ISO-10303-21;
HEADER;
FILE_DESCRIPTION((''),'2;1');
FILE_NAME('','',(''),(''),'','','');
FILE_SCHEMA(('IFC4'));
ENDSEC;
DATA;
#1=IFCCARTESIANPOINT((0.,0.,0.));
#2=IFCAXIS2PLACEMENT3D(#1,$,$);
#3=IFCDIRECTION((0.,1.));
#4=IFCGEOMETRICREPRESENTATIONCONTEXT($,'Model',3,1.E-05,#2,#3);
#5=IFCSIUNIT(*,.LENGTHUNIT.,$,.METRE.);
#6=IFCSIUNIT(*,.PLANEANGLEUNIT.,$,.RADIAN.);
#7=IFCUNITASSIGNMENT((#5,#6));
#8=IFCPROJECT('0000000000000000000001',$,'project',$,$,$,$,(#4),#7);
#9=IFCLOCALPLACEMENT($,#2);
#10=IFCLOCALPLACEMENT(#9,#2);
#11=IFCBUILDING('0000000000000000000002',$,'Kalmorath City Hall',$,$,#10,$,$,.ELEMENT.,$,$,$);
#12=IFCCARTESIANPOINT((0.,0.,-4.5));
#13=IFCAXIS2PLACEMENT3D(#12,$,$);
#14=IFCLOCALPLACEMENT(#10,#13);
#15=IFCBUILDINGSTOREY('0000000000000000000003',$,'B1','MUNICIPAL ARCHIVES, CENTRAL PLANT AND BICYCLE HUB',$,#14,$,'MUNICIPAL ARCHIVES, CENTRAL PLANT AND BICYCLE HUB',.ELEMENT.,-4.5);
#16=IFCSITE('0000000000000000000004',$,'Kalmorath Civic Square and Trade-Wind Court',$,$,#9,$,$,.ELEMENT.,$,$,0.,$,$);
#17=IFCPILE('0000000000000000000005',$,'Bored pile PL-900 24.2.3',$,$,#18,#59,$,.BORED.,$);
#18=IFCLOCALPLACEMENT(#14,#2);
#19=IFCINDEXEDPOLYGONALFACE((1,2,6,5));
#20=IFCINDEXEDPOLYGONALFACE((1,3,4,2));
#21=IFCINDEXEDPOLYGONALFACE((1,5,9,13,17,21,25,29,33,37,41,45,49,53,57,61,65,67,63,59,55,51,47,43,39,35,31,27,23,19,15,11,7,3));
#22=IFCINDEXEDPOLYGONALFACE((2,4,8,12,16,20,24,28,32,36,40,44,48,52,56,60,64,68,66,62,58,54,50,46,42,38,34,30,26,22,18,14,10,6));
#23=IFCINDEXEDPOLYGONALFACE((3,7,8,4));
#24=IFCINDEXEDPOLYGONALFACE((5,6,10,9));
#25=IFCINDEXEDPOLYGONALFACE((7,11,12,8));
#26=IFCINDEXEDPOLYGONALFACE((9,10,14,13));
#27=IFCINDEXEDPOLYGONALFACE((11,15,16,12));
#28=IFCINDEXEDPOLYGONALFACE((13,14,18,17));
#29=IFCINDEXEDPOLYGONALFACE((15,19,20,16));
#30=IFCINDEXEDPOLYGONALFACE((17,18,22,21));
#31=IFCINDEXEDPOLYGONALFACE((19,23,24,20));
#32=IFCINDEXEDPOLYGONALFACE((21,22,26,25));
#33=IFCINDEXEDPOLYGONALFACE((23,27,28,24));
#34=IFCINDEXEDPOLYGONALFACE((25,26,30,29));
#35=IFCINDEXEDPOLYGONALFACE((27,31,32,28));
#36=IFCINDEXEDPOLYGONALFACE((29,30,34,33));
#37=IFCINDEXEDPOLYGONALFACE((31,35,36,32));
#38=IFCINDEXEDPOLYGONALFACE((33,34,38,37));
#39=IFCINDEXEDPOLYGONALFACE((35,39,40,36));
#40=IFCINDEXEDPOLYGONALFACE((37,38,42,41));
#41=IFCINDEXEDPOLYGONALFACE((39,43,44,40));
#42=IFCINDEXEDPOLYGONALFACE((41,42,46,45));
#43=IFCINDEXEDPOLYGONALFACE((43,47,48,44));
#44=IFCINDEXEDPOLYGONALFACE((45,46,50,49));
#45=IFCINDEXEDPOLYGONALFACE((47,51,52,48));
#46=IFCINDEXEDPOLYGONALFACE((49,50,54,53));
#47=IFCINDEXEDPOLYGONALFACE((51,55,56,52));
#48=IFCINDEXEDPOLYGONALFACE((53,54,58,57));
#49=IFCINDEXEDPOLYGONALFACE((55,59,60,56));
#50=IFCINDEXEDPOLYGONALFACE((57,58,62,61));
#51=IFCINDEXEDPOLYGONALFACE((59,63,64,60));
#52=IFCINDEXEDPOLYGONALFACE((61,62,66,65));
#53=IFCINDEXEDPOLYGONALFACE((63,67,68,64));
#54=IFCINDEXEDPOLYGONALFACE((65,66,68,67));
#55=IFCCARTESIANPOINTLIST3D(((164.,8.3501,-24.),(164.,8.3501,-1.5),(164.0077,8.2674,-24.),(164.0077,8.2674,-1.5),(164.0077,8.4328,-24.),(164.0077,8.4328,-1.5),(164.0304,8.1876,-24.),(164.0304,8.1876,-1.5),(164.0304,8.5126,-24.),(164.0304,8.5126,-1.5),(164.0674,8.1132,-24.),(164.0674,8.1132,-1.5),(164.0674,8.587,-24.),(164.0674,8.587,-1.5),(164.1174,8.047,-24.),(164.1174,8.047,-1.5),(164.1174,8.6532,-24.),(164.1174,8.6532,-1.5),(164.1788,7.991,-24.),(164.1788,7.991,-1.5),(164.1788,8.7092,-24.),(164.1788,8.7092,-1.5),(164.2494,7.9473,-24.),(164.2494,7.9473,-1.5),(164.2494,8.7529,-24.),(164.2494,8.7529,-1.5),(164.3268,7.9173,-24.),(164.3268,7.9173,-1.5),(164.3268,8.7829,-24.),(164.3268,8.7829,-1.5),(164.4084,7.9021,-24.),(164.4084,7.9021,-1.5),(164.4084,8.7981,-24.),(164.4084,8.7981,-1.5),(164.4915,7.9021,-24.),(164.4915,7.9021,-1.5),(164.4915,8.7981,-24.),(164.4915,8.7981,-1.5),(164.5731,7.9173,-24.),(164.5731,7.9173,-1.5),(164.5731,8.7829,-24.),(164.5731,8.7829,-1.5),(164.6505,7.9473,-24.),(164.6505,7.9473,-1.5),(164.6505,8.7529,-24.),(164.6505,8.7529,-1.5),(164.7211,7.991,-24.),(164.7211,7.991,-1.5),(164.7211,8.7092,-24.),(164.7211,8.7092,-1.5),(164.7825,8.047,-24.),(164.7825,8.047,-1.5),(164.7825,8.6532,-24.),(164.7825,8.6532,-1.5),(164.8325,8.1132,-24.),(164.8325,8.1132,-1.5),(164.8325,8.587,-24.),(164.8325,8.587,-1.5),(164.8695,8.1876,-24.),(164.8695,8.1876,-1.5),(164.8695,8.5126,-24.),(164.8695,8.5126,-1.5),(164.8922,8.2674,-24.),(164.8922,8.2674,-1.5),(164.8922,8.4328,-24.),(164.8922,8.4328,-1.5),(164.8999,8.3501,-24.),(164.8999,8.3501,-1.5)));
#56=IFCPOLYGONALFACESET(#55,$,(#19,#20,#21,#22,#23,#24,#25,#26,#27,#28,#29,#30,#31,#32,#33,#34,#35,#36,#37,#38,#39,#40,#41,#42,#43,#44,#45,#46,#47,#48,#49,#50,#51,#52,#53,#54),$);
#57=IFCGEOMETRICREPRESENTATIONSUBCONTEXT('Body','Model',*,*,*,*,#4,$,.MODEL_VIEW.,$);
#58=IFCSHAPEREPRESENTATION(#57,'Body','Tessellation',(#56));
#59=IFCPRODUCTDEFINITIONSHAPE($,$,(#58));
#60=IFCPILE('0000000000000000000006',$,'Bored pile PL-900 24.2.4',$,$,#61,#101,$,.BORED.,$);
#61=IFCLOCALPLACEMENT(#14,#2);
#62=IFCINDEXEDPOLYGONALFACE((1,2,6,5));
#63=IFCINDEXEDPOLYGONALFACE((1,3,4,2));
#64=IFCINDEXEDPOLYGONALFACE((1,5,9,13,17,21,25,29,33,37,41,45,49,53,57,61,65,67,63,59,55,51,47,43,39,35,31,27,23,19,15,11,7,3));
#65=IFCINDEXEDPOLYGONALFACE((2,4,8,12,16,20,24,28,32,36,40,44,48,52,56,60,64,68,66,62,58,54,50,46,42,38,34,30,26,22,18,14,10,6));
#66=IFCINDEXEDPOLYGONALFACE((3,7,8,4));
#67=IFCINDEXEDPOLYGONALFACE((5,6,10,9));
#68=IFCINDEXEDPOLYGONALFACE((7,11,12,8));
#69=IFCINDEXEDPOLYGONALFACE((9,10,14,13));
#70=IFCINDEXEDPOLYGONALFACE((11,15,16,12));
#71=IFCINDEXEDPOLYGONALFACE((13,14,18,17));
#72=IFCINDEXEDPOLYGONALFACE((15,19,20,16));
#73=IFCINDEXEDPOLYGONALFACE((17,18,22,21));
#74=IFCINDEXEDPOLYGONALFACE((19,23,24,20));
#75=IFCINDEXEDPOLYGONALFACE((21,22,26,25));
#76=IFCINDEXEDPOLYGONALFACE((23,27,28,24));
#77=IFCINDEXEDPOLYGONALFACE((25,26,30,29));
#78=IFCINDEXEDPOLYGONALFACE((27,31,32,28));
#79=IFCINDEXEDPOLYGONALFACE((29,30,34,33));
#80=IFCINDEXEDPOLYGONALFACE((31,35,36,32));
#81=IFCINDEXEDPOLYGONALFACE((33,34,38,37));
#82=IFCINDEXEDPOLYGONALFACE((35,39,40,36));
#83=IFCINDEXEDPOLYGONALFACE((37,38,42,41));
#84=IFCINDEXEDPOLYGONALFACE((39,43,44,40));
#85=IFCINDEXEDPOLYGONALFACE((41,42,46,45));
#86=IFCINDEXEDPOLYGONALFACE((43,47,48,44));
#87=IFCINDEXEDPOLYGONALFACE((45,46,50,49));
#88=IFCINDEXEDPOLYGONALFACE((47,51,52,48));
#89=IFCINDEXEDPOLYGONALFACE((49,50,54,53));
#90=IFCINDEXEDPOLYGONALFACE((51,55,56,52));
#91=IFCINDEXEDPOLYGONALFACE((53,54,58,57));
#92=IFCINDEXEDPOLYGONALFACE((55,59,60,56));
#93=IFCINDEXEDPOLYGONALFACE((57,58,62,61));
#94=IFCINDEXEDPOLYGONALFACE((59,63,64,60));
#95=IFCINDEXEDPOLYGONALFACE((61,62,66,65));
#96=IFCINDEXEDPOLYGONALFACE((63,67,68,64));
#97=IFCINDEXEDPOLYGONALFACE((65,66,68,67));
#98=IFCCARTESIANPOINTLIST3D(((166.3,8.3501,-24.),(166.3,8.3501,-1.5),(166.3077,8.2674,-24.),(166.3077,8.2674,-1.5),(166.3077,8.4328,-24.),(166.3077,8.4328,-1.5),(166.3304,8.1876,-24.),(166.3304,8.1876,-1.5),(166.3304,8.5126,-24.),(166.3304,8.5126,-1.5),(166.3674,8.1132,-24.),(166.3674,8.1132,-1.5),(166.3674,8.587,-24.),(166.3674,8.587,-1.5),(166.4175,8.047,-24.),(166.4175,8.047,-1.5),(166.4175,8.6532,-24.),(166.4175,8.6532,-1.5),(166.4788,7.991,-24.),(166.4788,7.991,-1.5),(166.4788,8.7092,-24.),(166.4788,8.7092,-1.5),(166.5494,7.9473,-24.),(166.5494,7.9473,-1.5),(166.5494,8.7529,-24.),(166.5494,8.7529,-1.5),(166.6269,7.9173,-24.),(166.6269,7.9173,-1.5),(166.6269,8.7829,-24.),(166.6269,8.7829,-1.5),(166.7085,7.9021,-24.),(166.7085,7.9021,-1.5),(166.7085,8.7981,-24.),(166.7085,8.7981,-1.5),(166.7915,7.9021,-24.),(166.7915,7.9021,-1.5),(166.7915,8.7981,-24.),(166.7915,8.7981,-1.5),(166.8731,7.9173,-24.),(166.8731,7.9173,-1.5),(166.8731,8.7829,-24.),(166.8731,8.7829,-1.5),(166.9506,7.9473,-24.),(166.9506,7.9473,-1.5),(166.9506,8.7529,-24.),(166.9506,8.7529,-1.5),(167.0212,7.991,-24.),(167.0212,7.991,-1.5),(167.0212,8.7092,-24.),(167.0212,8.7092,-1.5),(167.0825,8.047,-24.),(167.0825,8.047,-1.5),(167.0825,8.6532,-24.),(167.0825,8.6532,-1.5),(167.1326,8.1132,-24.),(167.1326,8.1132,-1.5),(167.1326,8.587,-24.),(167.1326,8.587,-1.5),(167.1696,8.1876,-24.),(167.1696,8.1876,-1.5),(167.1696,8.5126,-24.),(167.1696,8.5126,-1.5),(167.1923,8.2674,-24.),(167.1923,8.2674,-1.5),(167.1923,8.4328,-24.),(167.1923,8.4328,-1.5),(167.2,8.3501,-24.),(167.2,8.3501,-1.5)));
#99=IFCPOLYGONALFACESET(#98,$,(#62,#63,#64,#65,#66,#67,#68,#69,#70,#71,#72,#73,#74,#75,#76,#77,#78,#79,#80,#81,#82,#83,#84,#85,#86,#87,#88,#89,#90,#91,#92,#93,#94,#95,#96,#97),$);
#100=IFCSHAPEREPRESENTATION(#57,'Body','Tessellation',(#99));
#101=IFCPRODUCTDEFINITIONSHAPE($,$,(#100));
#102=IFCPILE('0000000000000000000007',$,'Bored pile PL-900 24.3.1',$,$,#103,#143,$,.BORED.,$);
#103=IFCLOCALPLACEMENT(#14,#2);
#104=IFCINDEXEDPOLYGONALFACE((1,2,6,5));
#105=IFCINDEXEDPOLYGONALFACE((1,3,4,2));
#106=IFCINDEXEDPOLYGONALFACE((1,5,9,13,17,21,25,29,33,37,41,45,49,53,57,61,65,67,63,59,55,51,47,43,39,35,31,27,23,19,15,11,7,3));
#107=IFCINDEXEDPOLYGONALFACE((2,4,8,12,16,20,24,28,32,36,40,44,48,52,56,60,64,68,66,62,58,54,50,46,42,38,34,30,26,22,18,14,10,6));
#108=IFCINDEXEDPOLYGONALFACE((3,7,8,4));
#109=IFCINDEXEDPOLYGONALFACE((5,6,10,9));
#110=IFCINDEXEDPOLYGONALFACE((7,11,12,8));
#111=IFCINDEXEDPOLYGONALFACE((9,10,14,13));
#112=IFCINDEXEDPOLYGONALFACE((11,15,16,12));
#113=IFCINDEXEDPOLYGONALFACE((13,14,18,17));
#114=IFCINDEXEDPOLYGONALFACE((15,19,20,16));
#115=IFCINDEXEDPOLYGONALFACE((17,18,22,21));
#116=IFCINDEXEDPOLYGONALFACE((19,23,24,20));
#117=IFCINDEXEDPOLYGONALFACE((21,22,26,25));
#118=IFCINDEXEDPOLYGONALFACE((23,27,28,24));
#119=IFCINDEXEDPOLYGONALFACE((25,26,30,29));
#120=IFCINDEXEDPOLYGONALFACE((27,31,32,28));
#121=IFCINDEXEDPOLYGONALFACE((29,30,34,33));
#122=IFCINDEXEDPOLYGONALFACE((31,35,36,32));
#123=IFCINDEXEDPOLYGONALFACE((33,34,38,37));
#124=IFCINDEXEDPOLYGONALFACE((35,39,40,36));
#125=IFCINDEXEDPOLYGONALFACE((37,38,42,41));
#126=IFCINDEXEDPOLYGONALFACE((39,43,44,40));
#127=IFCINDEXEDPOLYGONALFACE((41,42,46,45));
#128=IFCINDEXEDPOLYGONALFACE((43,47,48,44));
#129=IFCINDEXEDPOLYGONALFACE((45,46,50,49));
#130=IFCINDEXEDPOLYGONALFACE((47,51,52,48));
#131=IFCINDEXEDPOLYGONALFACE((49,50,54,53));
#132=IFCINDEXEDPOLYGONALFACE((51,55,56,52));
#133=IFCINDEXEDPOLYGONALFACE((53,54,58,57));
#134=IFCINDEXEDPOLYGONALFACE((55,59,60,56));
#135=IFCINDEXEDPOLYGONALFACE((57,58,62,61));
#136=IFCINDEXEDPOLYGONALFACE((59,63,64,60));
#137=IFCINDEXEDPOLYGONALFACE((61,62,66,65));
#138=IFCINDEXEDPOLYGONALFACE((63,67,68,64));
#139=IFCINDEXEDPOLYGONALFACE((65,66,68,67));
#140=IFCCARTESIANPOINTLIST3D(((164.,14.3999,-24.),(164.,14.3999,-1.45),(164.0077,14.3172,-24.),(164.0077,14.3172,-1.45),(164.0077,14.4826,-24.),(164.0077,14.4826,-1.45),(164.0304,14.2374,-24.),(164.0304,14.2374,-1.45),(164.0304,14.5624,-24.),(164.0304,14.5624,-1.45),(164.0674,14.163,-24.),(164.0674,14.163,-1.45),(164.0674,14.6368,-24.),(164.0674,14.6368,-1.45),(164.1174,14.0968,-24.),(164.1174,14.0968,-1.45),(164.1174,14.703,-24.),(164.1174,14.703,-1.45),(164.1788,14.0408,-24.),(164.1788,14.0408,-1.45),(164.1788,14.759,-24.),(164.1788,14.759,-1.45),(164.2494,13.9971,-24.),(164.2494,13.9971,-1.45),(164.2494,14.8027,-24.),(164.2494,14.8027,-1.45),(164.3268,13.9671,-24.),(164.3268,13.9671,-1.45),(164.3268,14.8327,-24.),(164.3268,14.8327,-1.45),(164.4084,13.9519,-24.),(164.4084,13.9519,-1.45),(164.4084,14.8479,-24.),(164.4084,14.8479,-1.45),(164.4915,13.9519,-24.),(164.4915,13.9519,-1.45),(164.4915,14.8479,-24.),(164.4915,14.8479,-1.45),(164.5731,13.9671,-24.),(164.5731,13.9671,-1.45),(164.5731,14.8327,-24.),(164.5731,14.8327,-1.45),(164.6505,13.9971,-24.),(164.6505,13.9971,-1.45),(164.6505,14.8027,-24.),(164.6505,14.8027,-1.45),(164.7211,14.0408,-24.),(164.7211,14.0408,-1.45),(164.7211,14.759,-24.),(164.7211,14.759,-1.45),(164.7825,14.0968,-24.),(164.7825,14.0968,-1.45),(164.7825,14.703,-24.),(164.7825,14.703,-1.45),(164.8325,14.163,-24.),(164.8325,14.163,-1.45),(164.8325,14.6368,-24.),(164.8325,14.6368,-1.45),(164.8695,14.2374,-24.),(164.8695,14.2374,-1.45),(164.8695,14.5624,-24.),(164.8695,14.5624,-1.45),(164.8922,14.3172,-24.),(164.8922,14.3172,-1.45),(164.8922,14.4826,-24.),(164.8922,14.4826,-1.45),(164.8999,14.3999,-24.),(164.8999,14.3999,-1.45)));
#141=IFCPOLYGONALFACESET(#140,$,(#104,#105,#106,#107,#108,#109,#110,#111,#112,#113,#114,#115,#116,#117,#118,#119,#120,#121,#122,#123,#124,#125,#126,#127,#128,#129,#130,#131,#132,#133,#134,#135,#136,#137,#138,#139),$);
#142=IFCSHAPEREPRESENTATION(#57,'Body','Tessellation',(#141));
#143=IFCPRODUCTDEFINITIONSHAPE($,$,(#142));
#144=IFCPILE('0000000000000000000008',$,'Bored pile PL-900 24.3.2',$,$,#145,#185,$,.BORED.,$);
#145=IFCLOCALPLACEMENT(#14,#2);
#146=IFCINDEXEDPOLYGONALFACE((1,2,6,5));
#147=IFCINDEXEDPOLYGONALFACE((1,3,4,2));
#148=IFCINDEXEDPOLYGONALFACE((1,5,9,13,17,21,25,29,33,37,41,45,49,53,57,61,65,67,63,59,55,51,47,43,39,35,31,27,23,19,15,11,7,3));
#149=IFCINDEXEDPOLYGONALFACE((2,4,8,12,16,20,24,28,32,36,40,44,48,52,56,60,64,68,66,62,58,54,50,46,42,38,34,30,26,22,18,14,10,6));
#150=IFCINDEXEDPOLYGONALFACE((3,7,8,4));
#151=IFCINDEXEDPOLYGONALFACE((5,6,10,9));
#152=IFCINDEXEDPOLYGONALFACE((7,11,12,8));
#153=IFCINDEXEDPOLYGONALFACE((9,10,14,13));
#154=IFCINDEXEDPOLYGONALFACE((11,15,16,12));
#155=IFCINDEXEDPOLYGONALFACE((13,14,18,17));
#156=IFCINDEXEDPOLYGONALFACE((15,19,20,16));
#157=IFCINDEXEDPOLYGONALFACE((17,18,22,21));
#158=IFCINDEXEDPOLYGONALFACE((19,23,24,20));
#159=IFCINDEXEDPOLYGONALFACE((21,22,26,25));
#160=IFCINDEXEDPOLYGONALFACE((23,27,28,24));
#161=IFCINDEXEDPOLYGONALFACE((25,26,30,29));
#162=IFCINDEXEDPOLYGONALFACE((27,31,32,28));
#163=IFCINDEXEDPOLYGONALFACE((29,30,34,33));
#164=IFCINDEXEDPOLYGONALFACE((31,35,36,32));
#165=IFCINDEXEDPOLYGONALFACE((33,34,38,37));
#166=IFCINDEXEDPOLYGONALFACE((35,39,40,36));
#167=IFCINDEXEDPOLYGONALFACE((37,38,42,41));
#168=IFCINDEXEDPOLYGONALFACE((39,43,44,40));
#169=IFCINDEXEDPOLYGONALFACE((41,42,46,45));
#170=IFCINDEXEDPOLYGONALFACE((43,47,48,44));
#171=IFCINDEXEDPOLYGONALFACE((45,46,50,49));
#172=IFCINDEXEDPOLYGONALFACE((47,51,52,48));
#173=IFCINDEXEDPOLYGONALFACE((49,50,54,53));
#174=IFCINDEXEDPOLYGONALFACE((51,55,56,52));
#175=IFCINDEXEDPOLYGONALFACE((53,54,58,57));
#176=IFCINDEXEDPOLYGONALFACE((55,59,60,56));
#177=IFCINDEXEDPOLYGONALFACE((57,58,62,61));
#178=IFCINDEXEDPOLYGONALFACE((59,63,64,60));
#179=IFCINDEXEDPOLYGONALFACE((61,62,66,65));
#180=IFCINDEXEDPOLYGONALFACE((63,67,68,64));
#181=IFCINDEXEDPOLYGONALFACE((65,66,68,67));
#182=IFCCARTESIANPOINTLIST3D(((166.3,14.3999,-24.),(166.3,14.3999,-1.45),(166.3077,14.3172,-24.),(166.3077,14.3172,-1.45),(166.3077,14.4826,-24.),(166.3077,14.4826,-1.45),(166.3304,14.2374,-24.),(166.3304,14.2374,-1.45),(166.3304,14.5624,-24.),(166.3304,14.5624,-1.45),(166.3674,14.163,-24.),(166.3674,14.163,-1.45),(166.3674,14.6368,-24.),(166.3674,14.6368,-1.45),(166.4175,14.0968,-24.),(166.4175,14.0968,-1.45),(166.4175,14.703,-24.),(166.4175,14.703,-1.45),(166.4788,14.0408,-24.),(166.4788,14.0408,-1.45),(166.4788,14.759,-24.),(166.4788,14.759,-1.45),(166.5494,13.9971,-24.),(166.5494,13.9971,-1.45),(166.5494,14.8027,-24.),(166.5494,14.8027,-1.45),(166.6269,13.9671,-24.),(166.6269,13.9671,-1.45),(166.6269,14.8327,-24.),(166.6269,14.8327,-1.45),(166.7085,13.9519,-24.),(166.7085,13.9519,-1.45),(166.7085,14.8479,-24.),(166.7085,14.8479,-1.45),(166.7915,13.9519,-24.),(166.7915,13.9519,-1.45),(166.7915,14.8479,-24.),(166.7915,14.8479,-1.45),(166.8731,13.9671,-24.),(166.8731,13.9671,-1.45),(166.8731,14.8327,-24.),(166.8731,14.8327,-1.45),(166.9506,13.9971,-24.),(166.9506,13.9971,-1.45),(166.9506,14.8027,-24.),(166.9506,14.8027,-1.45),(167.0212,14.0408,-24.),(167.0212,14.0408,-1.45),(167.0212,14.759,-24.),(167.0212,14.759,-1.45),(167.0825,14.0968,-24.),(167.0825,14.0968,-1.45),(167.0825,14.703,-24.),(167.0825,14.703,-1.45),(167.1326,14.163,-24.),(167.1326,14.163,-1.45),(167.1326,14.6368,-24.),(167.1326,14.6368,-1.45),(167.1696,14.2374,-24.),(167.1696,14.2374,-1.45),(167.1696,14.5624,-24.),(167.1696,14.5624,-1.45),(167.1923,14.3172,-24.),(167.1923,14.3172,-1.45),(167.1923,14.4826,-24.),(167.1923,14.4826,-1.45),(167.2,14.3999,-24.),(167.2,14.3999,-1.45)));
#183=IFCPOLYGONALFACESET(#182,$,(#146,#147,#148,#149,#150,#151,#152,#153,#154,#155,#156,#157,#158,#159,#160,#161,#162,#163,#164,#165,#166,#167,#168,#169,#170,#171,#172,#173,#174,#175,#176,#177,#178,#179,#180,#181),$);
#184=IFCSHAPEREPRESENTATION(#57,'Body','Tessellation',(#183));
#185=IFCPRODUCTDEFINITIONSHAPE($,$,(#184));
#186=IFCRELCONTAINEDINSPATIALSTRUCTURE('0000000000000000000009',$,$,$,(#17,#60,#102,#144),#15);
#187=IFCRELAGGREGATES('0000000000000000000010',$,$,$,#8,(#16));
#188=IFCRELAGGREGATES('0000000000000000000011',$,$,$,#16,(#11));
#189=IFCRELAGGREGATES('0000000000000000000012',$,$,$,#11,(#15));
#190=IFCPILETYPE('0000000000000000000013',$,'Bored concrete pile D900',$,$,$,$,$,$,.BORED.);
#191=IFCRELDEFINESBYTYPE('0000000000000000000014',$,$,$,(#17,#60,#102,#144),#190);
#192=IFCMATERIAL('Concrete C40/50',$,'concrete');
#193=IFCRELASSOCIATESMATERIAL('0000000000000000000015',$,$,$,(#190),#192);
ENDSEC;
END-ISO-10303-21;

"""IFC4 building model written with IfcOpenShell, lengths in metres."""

from ifc_helpers import new_model, si_unit, direction, frame, origin, origin_2d, place, context, subcontext, project, spatial, circle, extrude, material, material_profile, profile_set, type_object, element, save


model = new_model("IFC4")

# Units and contexts
model_context = context("Model", 3, precision=1e-05, world=origin(), true_north=direction((0.0, 1.0)))
body_context = subcontext(model_context, "Body", "Model", "MODEL_VIEW")
ifc_project = project(units=[si_unit("LENGTHUNIT", "METRE"), si_unit("PLANEANGLEUNIT", "RADIAN")], contexts=[model_context])

# Site, building, storey
site_placement = place(None, origin())
site = spatial("IfcSite", under=ifc_project, at=site_placement, Name="Kalmorath Civic Square and Trade-Wind Court", CompositionType="ELEMENT", RefElevation=0.0)
building_placement = place(site_placement, origin())
building = spatial("IfcBuilding", under=site, at=building_placement, Name="Kalmorath City Hall", CompositionType="ELEMENT")
storey_placement = place(building_placement, frame((0.0, 0.0, -4.5)))
storey = spatial("IfcBuildingStorey", under=building, at=storey_placement, Name="B1", Description="MUNICIPAL ARCHIVES, CENTRAL PLANT AND BICYCLE HUB", LongName="MUNICIPAL ARCHIVES, CENTRAL PLANT AND BICYCLE HUB", CompositionType="ELEMENT", Elevation=-4.5)

# Piles
ifc_material_1 = material(Name="Concrete C40/50", Category="concrete")
ifc_material_profile_1 = material_profile(ifc_material_1, circle(Radius=0.45, at=origin_2d()), Name="PILE-D900")
ifc_profile_set_1 = profile_set([ifc_material_profile_1], Name="Concrete C40/50")
pile_type_1 = type_object("IfcPileType", Name="Bored concrete pile D900", PredefinedType="BORED", material=ifc_profile_set_1)
for number, where, z_axis, x_axis, name in (
    (1, (164.45, 8.3501, -1.5), (0.0, 0.0, -1.0), (1.0, 0.0, 0.0), "Bored pile PL-900 24.2.3"),
    (2, (166.75, 8.3501, -1.5), (0.0, 0.0, -1.0), (1.0, 0.0, 0.0), "Bored pile PL-900 24.2.4"),
):
    element("IfcPile", number, at=place(storey_placement, frame(where, z_axis=z_axis, x_axis=x_axis)), inside=storey, type_object=pile_type_1, Name=name, PredefinedType="BORED", context=body_context, shape_type="SweptSolid", body=[
        extrude(circle(Radius=0.45, at=origin_2d()), origin(), (0.0, 0.0, 1.0), 22.5),
    ])
for number, where, z_axis, x_axis, name in (
    (3, (164.45, 14.3999, -1.45), (0.0, 0.0, -1.0), (1.0, 0.0, 0.0), "Bored pile PL-900 24.3.1"),
    (4, (166.75, 14.3999, -1.45), (0.0, 0.0, -1.0), (1.0, 0.0, 0.0), "Bored pile PL-900 24.3.2"),
):
    element("IfcPile", number, at=place(storey_placement, frame(where, z_axis=z_axis, x_axis=x_axis)), inside=storey, type_object=pile_type_1, Name=name, PredefinedType="BORED", context=body_context, shape_type="SweptSolid", body=[
        extrude(circle(Radius=0.45, at=origin_2d()), origin(), (0.0, 0.0, 1.0), 22.55),
    ])

save(model, "model.ifc")
